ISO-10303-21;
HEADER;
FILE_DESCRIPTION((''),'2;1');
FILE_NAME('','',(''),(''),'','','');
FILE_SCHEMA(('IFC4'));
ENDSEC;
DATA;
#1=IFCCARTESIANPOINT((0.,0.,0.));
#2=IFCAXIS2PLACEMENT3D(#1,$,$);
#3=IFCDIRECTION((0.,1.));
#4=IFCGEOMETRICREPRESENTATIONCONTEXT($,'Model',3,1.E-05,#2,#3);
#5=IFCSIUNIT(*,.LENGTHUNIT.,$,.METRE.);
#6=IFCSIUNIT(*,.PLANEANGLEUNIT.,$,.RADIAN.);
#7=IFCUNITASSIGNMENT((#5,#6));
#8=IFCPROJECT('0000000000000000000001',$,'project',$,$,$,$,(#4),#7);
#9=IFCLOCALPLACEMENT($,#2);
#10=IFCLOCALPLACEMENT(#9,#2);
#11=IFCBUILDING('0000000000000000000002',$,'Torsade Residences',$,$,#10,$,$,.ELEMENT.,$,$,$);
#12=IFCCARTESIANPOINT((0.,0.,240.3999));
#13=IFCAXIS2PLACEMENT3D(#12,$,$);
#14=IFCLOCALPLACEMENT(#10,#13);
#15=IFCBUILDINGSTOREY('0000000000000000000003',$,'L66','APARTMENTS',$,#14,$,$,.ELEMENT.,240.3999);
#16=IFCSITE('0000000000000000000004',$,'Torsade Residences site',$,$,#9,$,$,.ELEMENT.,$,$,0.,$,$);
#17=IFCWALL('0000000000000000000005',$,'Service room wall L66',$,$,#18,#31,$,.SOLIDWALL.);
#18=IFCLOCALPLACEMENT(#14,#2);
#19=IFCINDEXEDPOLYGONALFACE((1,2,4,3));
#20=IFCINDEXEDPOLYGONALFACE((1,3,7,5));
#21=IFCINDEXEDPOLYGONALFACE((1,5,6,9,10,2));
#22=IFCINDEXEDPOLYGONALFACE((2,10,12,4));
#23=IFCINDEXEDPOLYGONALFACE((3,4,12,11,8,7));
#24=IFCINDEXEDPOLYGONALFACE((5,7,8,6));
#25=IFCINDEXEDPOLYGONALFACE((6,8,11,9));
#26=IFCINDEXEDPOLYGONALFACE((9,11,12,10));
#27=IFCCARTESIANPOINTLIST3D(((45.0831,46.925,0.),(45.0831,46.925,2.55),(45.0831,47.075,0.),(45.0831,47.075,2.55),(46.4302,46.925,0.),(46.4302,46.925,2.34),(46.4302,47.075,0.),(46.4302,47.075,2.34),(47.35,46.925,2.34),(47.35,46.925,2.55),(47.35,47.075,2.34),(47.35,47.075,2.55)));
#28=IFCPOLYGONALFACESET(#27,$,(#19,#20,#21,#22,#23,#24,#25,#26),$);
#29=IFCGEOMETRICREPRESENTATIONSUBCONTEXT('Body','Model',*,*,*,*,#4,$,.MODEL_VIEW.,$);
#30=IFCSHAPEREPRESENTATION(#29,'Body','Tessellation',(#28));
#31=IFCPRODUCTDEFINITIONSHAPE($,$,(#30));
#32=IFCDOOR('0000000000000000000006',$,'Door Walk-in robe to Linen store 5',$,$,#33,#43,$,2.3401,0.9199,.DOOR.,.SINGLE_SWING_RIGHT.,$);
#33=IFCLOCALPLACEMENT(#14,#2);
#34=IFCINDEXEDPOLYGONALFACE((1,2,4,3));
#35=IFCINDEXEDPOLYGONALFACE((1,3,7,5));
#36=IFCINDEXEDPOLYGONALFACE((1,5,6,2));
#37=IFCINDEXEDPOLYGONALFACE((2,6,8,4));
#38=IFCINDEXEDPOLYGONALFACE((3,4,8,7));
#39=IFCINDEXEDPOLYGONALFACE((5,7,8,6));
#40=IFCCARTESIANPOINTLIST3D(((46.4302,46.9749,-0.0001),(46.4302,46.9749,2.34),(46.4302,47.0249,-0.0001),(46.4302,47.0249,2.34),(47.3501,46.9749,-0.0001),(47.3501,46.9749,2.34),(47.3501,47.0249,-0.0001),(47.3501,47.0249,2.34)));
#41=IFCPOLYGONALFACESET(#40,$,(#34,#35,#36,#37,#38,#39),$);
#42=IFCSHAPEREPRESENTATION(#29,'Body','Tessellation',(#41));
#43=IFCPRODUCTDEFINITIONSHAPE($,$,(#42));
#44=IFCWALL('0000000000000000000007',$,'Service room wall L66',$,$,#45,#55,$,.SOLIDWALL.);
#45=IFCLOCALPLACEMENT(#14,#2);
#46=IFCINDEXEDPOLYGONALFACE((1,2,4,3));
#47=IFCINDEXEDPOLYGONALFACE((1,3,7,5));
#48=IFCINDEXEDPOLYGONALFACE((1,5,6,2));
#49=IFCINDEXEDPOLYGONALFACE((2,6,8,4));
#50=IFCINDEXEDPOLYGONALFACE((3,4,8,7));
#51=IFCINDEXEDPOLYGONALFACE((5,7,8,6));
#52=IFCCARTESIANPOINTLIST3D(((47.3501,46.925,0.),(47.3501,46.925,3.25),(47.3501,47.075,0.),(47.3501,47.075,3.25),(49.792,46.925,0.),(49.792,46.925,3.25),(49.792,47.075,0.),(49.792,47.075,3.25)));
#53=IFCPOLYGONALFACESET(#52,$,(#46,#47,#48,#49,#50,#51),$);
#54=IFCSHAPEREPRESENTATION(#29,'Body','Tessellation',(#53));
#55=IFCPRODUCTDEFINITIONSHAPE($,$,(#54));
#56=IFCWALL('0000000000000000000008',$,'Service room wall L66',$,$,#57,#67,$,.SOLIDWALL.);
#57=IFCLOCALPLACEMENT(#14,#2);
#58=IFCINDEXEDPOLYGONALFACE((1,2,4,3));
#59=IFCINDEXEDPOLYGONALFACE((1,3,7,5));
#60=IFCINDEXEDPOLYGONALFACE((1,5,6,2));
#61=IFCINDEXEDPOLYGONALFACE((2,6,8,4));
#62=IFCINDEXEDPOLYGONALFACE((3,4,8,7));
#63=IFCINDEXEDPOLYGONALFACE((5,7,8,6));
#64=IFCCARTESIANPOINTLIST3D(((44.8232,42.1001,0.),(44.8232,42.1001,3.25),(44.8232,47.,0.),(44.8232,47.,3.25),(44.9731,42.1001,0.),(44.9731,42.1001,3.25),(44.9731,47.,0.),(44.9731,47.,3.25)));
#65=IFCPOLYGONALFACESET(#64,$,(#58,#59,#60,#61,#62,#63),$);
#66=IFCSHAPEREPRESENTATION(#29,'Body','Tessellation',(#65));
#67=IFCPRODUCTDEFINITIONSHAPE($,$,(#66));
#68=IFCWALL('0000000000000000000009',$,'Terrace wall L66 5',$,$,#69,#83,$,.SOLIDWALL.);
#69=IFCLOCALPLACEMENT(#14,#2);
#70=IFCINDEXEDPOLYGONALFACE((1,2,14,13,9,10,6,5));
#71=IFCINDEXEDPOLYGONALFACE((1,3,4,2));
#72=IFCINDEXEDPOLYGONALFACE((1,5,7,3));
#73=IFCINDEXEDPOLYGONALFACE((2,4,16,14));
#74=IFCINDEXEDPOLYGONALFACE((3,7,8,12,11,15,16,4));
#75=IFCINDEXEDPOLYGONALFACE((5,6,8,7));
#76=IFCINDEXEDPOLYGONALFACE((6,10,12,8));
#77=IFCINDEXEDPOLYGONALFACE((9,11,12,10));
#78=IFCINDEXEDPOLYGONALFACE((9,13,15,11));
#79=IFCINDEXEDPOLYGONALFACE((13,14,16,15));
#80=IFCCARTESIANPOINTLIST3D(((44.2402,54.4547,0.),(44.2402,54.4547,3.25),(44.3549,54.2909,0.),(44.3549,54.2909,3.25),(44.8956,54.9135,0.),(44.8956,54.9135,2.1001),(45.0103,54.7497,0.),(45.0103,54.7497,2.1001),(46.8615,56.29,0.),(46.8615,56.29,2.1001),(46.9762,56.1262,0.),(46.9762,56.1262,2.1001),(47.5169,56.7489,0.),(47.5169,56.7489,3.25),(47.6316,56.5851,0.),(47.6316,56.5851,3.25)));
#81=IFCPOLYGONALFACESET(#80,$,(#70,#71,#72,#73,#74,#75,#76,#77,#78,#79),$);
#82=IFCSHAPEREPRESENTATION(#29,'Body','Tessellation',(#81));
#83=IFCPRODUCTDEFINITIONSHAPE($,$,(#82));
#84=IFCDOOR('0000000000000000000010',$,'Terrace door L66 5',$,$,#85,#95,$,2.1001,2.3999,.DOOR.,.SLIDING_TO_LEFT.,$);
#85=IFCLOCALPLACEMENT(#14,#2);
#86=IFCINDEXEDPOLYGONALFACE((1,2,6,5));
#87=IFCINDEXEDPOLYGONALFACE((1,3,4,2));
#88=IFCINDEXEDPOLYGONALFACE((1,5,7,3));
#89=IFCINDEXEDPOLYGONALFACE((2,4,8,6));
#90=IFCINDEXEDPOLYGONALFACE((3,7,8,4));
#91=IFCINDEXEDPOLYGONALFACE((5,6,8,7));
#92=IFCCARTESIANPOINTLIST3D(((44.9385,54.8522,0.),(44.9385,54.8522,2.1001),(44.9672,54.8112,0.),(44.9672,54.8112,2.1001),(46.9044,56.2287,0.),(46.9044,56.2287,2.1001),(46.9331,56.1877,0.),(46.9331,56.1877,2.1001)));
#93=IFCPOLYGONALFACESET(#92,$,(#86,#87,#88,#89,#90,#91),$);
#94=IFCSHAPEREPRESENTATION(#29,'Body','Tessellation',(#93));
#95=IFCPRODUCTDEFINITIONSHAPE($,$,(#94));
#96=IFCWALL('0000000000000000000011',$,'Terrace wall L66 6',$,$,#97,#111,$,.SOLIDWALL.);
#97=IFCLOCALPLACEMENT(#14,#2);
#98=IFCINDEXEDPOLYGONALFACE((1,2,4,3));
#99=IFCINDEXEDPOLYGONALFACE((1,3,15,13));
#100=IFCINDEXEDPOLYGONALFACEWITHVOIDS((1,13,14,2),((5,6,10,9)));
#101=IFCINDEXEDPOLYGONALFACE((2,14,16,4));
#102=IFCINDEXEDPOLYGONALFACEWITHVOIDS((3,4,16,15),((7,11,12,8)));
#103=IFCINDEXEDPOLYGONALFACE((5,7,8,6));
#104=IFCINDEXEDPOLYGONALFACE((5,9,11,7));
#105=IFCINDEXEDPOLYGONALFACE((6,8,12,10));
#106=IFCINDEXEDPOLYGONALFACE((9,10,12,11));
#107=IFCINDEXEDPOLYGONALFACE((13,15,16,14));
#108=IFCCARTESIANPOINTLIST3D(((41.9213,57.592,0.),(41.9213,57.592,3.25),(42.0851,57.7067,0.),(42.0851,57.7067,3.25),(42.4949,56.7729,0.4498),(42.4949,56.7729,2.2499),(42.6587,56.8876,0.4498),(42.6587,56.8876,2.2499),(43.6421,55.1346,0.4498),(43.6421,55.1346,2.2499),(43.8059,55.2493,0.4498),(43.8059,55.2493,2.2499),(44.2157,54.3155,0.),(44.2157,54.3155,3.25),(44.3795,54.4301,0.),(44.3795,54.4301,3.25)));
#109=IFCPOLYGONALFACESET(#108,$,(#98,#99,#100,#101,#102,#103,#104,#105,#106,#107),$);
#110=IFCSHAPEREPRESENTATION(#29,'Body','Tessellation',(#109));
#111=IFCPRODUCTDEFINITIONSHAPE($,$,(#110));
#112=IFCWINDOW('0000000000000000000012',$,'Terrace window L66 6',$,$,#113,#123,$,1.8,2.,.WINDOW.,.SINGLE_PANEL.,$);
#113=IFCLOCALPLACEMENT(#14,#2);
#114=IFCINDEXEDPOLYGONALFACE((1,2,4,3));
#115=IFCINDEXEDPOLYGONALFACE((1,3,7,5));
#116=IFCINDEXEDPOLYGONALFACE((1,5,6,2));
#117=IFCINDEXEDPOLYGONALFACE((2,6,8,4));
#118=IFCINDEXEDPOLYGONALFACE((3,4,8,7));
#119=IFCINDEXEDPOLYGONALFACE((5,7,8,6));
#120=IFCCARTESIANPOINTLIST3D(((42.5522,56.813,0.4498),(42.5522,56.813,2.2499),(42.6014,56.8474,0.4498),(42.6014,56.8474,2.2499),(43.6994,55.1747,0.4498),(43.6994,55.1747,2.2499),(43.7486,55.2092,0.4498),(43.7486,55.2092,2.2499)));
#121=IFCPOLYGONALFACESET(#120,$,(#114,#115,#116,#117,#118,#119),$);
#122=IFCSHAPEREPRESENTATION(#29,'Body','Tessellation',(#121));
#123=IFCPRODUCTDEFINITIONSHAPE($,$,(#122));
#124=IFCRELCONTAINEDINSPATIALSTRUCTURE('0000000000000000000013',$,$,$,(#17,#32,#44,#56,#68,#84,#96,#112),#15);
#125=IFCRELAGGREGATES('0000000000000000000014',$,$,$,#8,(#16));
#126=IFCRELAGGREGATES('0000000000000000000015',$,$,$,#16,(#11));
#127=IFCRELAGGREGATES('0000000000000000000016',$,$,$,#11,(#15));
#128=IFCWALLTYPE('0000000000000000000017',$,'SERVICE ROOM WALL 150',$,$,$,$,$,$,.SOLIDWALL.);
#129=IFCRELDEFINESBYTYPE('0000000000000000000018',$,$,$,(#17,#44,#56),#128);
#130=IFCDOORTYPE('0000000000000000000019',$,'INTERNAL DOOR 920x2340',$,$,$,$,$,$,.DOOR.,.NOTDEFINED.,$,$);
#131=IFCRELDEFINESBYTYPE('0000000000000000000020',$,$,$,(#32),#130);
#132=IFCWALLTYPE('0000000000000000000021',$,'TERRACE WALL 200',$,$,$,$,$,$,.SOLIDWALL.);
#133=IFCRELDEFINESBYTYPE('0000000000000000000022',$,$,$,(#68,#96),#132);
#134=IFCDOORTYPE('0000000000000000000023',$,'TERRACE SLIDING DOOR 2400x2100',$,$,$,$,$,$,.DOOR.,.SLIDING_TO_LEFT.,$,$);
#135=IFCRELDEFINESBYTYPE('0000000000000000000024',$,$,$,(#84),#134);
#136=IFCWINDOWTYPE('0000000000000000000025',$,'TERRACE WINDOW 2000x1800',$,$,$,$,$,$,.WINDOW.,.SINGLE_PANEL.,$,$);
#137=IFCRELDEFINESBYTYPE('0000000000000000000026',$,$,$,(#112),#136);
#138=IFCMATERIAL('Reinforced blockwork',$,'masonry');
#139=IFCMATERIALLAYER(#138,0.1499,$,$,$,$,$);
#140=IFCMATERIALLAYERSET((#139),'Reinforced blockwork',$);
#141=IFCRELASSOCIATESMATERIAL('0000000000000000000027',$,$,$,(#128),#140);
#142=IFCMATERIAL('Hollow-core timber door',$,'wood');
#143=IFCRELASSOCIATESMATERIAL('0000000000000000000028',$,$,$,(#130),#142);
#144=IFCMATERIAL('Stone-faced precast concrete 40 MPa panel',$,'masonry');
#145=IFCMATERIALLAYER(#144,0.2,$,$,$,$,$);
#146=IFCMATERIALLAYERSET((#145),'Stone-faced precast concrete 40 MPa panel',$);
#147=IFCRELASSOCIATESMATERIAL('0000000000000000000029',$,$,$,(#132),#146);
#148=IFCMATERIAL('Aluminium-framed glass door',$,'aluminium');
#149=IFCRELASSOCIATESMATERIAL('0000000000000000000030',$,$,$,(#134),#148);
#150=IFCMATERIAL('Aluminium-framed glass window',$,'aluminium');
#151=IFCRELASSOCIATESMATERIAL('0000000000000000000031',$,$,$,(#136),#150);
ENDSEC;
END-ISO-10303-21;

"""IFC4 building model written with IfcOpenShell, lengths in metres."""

from ifc_helpers import new_model, si_unit, direction, frame, frame_2d, origin, place, context, subcontext, project, spatial, rectangle, extrude, material, layer, layer_set, type_object, element, fill, save


model = new_model("IFC4")

# Units and contexts
model_context = context("Model", 3, precision=1e-05, world=origin(), true_north=direction((0.0, 1.0)))
body_context = subcontext(model_context, "Body", "Model", "MODEL_VIEW")
ifc_project = project(units=[si_unit("LENGTHUNIT", "METRE"), si_unit("PLANEANGLEUNIT", "RADIAN")], contexts=[model_context])

# Site, building, storey
site_placement = place(None, origin())
site = spatial("IfcSite", under=ifc_project, at=site_placement, Name="Torsade Residences site", CompositionType="ELEMENT", RefElevation=0.0)
building_placement = place(site_placement, origin())
building = spatial("IfcBuilding", under=site, at=building_placement, Name="Torsade Residences", CompositionType="ELEMENT")
storey_placement = place(building_placement, frame((0.0, 0.0, 240.3999)))
storey = spatial("IfcBuildingStorey", under=building, at=storey_placement, Name="L66", Description="APARTMENTS", CompositionType="ELEMENT", Elevation=240.3999)

# Shared definitions
ifc_material_1 = material(Name="Reinforced blockwork", Category="masonry")
ifc_layer_1 = layer(ifc_material_1, 0.1499)
ifc_layer_set_1 = layer_set([ifc_layer_1], Name="Reinforced blockwork")
wall_type_1 = type_object("IfcWallType", Name="SERVICE ROOM WALL 150", PredefinedType="SOLIDWALL", material=ifc_layer_set_1)

# Wall, opening, door
wall_1_placement = place(storey_placement, frame((45.0833, 47.0, 0.0), z_axis=(0.0, 0.0, 1.0), x_axis=(1.0, 0.0, 0.0)))
wall_1 = element("IfcWall", 1, at=wall_1_placement, inside=storey, type_object=wall_type_1, Name="Service room wall L66", PredefinedType="SOLIDWALL", context=body_context, shape_type="SweptSolid", body=[
    extrude(rectangle(XDim=2.2668, YDim=0.1499, at=frame_2d((1.1333, 0.0))), origin(), (0.0, 0.0, 1.0), 2.55),
])
opening_1_placement = place(wall_1_placement, frame((1.3469, 0.0, 0.0)))
opening_1 = element("IfcOpeningElement", 2, at=opening_1_placement, cuts=wall_1, PredefinedType="OPENING", context=body_context, shape_type="SweptSolid", body=[
    extrude(rectangle(XDim=0.9199, YDim=2.3401, at=frame_2d((0.46, 1.1699))), frame((0.0, 0.085, 0.0), z_axis=(0.0, -1.0, 0.0), x_axis=(1.0, 0.0, 0.0)), (0.0, 0.0, 1.0), 0.1699),
])
ifc_material_2 = material(Name="Hollow-core timber door", Category="wood")
door_type_1 = type_object("IfcDoorType", Name="INTERNAL DOOR 920x2340", OperationType="NOTDEFINED", PredefinedType="DOOR", material=ifc_material_2)
door_1_placement = place(opening_1_placement, origin())
door_1 = element("IfcDoor", 3, at=door_1_placement, inside=storey, type_object=door_type_1, Name="Door Walk-in robe to Linen store 5", OperationType="SINGLE_SWING_RIGHT", OverallHeight=2.3401, OverallWidth=0.9199, PredefinedType="DOOR", context=body_context, shape_type="SweptSolid", body=[
    extrude(rectangle(XDim=0.9199, YDim=2.3401, at=frame_2d((0.46, 1.1699))), frame((0.0, 0.0249, 0.0), z_axis=(0.0, -1.0, 0.0), x_axis=(1.0, 0.0, 0.0)), (0.0, 0.0, 1.0), 0.05),
])
fill(opening_1, door_1)

# Walls
wall_2_placement = place(storey_placement, frame((47.3501, 47.0, 0.0), z_axis=(0.0, 0.0, 1.0), x_axis=(1.0, 0.0, 0.0)))
element("IfcWall", 4, at=wall_2_placement, inside=storey, type_object=wall_type_1, Name="Service room wall L66", PredefinedType="SOLIDWALL", context=body_context, shape_type="SweptSolid", body=[
    extrude(rectangle(XDim=2.4419, YDim=0.1499, at=frame_2d((1.2209, 0.0))), origin(), (0.0, 0.0, 1.0), 3.25),
])
wall_3_placement = place(storey_placement, frame((44.8982, 47.0, 0.0), z_axis=(0.0, 0.0, 1.0), x_axis=(0.0, -1.0, 0.0)))
element("IfcWall", 5, at=wall_3_placement, inside=storey, type_object=wall_type_1, Name="Service room wall L66", PredefinedType="SOLIDWALL", context=body_context, shape_type="SweptSolid", body=[
    extrude(rectangle(XDim=4.8999, YDim=0.1499, at=frame_2d((2.45, 0.0))), origin(), (0.0, 0.0, 1.0), 3.25),
])

# Wall, opening, door
ifc_material_3 = material(Name="Stone-faced precast concrete 40 MPa panel", Category="masonry")
ifc_layer_2 = layer(ifc_material_3, 0.2)
ifc_layer_set_2 = layer_set([ifc_layer_2], Name="Stone-faced precast concrete 40 MPa panel")
wall_type_2 = type_object("IfcWallType", Name="TERRACE WALL 200", PredefinedType="SOLIDWALL", material=ifc_layer_set_2)
wall_4_placement = place(storey_placement, frame((47.5742, 56.667, 0.0), z_axis=(0.0, 0.0, 1.0), x_axis=(-0.819166, -0.573557, 0.0)))
wall_4 = element("IfcWall", 6, at=wall_4_placement, inside=storey, type_object=wall_type_2, Name="Terrace wall L66 5", PredefinedType="SOLIDWALL", context=body_context, shape_type="SweptSolid", body=[
    extrude(rectangle(XDim=4.0, YDim=0.2, at=frame_2d((2.0, 0.0))), origin(), (0.0, 0.0, 1.0), 3.25),
])
opening_2_placement = place(wall_4_placement, frame((0.8, 0.0, 0.0)))
opening_2 = element("IfcOpeningElement", 7, at=opening_2_placement, cuts=wall_4, PredefinedType="OPENING", context=body_context, shape_type="SweptSolid", body=[
    extrude(rectangle(XDim=2.3999, YDim=2.1001, at=frame_2d((1.2, 1.05))), frame((0.0, 0.1099, 0.0), z_axis=(0.0, -1.0, 0.0), x_axis=(1.0, 0.0, 0.0)), (0.0, 0.0, 1.0), 0.22),
])
ifc_material_4 = material(Name="Aluminium-framed glass door", Category="aluminium")
door_type_2 = type_object("IfcDoorType", Name="TERRACE SLIDING DOOR 2400x2100", OperationType="SLIDING_TO_LEFT", PredefinedType="DOOR", material=ifc_material_4)
door_2_placement = place(opening_2_placement, origin())
door_2 = element("IfcDoor", 8, at=door_2_placement, inside=storey, type_object=door_type_2, Name="Terrace door L66 5", OperationType="SLIDING_TO_LEFT", OverallHeight=2.1001, OverallWidth=2.3999, PredefinedType="DOOR", context=body_context, shape_type="SweptSolid", body=[
    extrude(rectangle(XDim=2.3999, YDim=2.1001, at=frame_2d((1.2, 1.05))), frame((0.0, 0.0249, 0.0), z_axis=(0.0, -1.0, 0.0), x_axis=(1.0, 0.0, 0.0)), (0.0, 0.0, 1.0), 0.05),
])
fill(opening_2, door_2)

# Wall, opening, window
wall_5_placement = place(storey_placement, frame((44.2976, 54.3728, 0.0), z_axis=(0.0, 0.0, 1.0), x_axis=(-0.573598, 0.819137, 0.0)))
wall_5 = element("IfcWall", 9, at=wall_5_placement, inside=storey, type_object=wall_type_2, Name="Terrace wall L66 6", PredefinedType="SOLIDWALL", context=body_context, shape_type="SweptSolid", body=[
    extrude(rectangle(XDim=4.0, YDim=0.2, at=frame_2d((2.0, 0.0))), origin(), (0.0, 0.0, 1.0), 3.25),
])
opening_3_placement = place(wall_5_placement, frame((1.0, 0.0, 0.45)))
opening_3 = element("IfcOpeningElement", 10, at=opening_3_placement, cuts=wall_5, PredefinedType="OPENING", context=body_context, shape_type="SweptSolid", body=[
    extrude(rectangle(XDim=2.0, YDim=1.8, at=frame_2d((1.0, 0.8999))), frame((0.0, 0.1099, 0.0), z_axis=(0.0, -1.0, 0.0), x_axis=(1.0, 0.0, 0.0)), (0.0, 0.0, 1.0), 0.22),
])
ifc_material_5 = material(Name="Aluminium-framed glass window", Category="aluminium")
window_type = type_object("IfcWindowType", Name="TERRACE WINDOW 2000x1800", PartitioningType="SINGLE_PANEL", PredefinedType="WINDOW", material=ifc_material_5)
window_placement = place(opening_3_placement, origin())
window = element("IfcWindow", 11, at=window_placement, inside=storey, type_object=window_type, Name="Terrace window L66 6", OverallHeight=1.8, OverallWidth=2.0, PartitioningType="SINGLE_PANEL", PredefinedType="WINDOW", context=body_context, shape_type="SweptSolid", body=[
    extrude(rectangle(XDim=2.0, YDim=1.8, at=frame_2d((1.0, 0.8999))), frame((0.0, 0.03, 0.0), z_axis=(0.0, -1.0, 0.0), x_axis=(1.0, 0.0, 0.0)), (0.0, 0.0, 1.0), 0.0601),
])
fill(opening_3, window)

save(model, "model.ifc")
